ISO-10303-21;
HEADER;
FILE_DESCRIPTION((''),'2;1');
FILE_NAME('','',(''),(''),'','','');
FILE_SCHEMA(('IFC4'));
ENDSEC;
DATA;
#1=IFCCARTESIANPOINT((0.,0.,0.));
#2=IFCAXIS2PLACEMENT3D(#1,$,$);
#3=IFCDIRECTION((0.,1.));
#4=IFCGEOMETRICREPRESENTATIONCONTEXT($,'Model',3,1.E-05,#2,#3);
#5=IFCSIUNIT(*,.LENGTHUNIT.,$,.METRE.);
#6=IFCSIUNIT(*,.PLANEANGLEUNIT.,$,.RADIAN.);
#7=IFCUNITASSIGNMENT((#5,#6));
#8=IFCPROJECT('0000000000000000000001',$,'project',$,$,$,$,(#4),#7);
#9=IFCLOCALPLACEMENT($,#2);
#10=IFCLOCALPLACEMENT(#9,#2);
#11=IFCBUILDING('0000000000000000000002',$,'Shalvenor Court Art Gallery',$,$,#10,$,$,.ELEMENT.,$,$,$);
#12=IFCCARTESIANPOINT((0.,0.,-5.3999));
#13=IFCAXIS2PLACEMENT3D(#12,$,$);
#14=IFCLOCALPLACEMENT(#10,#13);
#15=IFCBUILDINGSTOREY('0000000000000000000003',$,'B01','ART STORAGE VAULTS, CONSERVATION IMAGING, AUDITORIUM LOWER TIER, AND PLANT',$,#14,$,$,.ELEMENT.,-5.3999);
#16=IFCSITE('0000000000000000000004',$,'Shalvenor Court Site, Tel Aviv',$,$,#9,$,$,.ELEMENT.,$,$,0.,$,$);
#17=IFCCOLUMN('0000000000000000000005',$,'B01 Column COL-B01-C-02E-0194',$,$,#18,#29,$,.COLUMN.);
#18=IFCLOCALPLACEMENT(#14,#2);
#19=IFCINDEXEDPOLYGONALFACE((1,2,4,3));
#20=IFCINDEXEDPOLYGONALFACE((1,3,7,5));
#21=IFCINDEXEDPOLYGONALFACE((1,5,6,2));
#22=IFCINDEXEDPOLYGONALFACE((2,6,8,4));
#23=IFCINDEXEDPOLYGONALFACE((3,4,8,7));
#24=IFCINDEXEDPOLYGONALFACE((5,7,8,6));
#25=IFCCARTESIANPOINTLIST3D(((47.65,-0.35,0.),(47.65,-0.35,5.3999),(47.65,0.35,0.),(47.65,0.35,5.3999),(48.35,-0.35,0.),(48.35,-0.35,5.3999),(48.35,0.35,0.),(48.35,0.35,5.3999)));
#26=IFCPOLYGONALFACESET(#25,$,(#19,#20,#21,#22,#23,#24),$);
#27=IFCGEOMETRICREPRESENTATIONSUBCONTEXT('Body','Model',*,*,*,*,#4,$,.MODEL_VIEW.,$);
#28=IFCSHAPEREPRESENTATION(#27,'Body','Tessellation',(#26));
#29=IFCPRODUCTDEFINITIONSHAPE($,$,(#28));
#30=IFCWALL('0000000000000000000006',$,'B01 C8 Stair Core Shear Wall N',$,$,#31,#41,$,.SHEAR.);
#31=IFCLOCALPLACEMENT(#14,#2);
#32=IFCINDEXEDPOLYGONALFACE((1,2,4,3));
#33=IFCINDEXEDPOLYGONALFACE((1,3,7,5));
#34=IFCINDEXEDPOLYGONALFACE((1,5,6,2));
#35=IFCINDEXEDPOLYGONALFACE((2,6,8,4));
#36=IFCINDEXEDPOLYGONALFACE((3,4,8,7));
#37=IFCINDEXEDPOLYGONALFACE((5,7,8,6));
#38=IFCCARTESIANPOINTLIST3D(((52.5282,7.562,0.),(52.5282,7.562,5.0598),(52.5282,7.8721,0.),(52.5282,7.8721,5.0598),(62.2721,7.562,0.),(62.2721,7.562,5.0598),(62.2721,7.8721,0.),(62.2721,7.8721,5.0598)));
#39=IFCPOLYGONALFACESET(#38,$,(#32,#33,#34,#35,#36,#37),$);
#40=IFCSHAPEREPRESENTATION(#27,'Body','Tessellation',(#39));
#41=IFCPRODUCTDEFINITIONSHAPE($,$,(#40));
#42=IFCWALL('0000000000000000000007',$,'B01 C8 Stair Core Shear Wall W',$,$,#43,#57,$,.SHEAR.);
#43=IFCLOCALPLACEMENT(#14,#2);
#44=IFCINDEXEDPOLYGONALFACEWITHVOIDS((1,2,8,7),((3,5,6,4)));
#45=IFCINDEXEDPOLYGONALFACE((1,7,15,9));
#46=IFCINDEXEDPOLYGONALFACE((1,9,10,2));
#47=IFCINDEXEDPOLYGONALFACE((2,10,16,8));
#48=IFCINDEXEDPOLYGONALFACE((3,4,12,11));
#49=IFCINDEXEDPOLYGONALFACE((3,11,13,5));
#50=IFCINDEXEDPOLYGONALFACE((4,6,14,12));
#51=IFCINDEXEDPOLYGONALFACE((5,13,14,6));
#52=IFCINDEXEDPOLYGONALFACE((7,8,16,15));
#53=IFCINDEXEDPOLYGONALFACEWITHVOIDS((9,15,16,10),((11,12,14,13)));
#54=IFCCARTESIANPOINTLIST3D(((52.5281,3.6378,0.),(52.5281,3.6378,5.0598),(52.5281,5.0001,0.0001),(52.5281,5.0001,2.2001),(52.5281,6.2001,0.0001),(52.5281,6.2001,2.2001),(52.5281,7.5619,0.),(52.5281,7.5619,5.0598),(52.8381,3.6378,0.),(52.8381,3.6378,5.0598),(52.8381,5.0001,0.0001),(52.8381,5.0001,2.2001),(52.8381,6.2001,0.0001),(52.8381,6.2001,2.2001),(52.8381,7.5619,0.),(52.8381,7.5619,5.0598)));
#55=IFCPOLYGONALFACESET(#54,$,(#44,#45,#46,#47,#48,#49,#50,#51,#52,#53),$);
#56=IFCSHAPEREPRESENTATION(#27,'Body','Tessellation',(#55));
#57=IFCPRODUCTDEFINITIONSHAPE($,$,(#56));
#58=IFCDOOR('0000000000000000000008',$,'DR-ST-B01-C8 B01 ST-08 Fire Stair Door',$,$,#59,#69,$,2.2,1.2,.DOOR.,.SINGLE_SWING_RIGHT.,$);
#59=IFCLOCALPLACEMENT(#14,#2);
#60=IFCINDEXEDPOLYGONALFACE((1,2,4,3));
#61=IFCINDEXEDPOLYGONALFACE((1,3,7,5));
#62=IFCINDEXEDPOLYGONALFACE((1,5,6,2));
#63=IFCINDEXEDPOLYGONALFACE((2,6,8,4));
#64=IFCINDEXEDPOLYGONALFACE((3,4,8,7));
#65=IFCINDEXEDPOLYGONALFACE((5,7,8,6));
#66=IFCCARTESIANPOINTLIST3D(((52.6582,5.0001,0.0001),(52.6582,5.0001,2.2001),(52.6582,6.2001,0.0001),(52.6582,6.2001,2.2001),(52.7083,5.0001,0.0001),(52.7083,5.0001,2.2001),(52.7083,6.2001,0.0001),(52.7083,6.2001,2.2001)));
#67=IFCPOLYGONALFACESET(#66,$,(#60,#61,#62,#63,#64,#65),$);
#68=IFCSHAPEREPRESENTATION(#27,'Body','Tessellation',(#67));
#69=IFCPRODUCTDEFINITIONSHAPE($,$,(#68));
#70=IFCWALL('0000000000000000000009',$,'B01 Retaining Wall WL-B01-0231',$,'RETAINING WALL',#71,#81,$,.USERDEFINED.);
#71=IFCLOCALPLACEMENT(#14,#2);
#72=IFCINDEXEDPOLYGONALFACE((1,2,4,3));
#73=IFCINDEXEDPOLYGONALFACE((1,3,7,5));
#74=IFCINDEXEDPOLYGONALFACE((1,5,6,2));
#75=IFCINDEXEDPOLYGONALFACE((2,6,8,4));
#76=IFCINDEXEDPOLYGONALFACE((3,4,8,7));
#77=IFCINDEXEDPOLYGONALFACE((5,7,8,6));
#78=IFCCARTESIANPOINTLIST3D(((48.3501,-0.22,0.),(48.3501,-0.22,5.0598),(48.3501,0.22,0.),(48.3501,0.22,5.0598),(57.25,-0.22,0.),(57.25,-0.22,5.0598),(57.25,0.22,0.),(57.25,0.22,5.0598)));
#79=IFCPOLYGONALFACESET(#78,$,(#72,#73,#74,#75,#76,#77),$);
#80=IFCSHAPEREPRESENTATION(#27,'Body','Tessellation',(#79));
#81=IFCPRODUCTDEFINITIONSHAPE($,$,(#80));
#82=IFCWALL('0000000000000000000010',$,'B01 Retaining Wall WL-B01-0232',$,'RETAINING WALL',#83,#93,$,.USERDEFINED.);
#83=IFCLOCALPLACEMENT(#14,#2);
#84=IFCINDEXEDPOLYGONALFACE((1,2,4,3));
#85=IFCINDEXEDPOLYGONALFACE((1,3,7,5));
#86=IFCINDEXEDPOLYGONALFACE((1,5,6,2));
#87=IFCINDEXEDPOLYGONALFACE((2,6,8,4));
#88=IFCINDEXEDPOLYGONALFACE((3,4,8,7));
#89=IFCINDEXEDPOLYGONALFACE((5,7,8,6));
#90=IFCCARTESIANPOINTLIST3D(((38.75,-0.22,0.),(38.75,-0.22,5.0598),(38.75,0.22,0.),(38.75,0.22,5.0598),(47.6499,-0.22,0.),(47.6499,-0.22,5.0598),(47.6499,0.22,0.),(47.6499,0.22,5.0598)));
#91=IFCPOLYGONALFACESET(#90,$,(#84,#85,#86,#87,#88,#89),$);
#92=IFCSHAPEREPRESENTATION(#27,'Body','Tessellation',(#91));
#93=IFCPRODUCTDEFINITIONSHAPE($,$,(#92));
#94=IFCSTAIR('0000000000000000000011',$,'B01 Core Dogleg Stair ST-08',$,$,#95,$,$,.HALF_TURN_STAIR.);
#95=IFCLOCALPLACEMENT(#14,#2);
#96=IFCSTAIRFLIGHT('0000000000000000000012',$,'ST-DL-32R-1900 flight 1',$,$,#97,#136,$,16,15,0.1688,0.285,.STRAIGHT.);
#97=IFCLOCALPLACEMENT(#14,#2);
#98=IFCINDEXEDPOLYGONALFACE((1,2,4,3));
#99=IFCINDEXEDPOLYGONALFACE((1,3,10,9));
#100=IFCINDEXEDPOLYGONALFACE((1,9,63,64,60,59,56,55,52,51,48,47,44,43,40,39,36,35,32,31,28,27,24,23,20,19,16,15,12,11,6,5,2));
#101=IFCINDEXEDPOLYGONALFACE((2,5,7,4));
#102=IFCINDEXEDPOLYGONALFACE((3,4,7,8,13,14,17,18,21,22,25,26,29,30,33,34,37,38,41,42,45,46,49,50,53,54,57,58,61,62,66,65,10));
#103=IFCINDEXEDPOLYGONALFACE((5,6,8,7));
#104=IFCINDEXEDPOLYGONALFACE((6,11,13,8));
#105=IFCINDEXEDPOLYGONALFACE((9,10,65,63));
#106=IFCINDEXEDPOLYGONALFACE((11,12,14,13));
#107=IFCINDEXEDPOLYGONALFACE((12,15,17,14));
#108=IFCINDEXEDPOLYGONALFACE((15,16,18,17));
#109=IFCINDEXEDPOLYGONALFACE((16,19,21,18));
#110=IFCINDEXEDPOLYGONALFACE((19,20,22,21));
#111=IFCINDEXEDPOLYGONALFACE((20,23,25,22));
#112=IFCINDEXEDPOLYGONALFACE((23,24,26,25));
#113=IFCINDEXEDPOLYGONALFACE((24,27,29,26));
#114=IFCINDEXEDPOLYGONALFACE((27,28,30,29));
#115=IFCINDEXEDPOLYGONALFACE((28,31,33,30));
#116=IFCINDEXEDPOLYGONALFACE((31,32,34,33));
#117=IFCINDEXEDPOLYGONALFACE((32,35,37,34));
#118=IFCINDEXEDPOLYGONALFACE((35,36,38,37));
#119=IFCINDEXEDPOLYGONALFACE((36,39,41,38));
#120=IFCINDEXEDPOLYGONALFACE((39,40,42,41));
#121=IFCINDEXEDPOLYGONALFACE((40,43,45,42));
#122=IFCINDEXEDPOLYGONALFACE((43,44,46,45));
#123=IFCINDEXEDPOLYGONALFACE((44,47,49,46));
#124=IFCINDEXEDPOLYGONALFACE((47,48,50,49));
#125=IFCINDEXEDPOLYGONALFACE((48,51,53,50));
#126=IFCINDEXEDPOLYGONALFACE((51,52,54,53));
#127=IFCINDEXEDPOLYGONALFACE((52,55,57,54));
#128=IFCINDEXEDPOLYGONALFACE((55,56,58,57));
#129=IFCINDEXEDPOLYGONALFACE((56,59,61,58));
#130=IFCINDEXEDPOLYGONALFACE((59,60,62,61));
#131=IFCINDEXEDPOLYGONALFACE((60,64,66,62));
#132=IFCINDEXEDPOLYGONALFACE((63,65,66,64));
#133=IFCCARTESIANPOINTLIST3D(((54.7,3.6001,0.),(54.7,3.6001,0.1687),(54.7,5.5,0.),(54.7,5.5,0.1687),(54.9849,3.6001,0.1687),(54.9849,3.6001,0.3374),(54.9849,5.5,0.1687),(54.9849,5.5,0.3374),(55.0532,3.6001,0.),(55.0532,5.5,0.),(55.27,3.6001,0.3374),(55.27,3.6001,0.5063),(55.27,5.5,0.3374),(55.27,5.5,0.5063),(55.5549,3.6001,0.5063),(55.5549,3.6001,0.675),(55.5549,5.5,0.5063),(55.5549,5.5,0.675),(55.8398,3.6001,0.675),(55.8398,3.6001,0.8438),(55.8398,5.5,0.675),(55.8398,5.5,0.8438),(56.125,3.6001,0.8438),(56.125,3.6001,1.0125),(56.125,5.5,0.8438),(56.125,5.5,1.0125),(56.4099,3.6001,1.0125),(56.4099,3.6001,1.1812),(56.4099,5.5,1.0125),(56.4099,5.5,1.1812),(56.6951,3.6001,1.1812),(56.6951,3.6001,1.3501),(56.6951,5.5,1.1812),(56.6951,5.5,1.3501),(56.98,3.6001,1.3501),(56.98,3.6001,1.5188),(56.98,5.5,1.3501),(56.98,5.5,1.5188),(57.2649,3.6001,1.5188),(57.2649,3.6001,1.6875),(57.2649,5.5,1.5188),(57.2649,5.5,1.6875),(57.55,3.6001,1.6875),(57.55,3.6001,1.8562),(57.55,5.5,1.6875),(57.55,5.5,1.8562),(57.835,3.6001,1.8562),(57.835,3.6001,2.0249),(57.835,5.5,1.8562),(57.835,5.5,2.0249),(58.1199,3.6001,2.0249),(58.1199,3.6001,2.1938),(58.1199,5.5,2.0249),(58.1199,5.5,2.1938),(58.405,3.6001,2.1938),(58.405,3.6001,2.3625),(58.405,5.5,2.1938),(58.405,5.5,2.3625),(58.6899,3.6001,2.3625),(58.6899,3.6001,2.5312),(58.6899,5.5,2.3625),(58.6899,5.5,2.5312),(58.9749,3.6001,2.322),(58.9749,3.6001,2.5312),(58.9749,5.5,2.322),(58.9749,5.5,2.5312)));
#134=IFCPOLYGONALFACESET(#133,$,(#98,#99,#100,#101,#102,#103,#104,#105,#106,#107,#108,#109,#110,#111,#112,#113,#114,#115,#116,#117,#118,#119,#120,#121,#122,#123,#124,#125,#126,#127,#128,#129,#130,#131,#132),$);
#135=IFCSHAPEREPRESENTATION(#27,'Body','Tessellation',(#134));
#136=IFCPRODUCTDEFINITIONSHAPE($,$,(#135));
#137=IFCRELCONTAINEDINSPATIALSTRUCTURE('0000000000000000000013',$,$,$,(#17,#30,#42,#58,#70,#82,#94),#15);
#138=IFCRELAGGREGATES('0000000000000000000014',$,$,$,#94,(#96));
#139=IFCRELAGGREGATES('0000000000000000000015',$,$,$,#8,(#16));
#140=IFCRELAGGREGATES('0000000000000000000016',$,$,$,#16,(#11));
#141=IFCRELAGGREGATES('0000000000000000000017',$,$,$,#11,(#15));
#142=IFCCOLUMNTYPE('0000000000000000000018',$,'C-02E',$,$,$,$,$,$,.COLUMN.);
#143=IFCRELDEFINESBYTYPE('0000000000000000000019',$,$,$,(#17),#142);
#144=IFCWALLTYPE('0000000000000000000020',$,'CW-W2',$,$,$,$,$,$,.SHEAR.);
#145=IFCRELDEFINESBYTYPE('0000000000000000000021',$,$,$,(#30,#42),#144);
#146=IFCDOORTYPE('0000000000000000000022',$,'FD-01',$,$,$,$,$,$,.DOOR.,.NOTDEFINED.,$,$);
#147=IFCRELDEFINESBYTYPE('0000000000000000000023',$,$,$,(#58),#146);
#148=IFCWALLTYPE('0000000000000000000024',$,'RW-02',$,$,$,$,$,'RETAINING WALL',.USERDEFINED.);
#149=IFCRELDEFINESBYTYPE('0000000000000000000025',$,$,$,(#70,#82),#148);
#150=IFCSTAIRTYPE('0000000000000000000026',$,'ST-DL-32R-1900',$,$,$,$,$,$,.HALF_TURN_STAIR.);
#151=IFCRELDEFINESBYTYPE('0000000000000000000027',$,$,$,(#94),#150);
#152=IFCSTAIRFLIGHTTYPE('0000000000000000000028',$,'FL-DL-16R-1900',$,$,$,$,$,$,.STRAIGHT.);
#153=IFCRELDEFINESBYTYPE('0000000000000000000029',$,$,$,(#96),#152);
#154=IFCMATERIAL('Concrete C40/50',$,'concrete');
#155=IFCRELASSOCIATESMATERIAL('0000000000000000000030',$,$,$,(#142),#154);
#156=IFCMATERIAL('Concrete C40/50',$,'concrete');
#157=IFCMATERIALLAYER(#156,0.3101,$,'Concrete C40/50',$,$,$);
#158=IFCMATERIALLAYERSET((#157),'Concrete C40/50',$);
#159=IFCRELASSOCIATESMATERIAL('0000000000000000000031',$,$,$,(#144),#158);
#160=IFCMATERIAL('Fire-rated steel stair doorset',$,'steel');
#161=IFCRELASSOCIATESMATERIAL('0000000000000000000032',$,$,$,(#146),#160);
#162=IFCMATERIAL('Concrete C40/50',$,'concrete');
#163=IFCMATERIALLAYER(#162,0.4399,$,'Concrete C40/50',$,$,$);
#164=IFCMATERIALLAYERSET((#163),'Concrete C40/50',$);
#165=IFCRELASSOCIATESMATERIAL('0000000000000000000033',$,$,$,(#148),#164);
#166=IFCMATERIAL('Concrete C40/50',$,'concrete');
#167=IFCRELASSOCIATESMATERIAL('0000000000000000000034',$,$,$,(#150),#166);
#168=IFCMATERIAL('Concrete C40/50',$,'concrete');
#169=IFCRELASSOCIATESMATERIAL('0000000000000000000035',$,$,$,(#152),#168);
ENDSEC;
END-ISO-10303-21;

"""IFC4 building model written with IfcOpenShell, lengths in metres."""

from ifc_helpers import new_model, si_unit, direction, frame, frame_2d, origin, origin_2d, place, context, subcontext, project, spatial, polyline, rectangle, outline, extrude, material, layer, layer_set, material_profile, profile_set, type_object, element, fill, aggregate, save


model = new_model("IFC4")

# Units and contexts
model_context = context("Model", 3, precision=1e-05, world=origin(), true_north=direction((0.0, 1.0)))
body_context = subcontext(model_context, "Body", "Model", "MODEL_VIEW")
ifc_project = project(units=[si_unit("LENGTHUNIT", "METRE"), si_unit("PLANEANGLEUNIT", "RADIAN")], contexts=[model_context])

# Site, building, storey
site_placement = place(None, origin())
site = spatial("IfcSite", under=ifc_project, at=site_placement, Name="Shalvenor Court Site, Tel Aviv", CompositionType="ELEMENT", RefElevation=0.0)
building_placement = place(site_placement, origin())
building = spatial("IfcBuilding", under=site, at=building_placement, Name="Shalvenor Court Art Gallery", CompositionType="ELEMENT")
storey_placement = place(building_placement, frame((0.0, 0.0, -5.3999)))
storey = spatial("IfcBuildingStorey", under=building, at=storey_placement, Name="B01", Description="ART STORAGE VAULTS, CONSERVATION IMAGING, AUDITORIUM LOWER TIER, AND PLANT", CompositionType="ELEMENT", Elevation=-5.3999)

# Column
ifc_material_1 = material(Name="Concrete C40/50", Category="concrete")
ifc_material_profile_1 = material_profile(ifc_material_1, rectangle(XDim=0.7, YDim=0.7, at=origin_2d()), Name="RC 700x700")
ifc_profile_set_1 = profile_set([ifc_material_profile_1], Name="Concrete C40/50")
column_type = type_object("IfcColumnType", Name="C-02E", PredefinedType="COLUMN", material=ifc_profile_set_1)
column_placement = place(storey_placement, frame((48.0, 0.0, 0.0), z_axis=(0.0, 0.0, 1.0), x_axis=(1.0, 0.0, 0.0)))
element("IfcColumn", 1, at=column_placement, inside=storey, type_object=column_type, Name="B01 Column COL-B01-C-02E-0194", PredefinedType="COLUMN", context=body_context, shape_type="SweptSolid", body=[
    extrude(rectangle(XDim=0.7, YDim=0.7, at=origin_2d()), origin(), (0.0, 0.0, 1.0), 5.3999),
])

# Wall
ifc_material_2 = material(Name="Concrete C40/50", Category="concrete")
ifc_layer_1 = layer(ifc_material_2, 0.3101, Name="Concrete C40/50")
ifc_layer_set_1 = layer_set([ifc_layer_1], Name="Concrete C40/50")
wall_type_1 = type_object("IfcWallType", Name="CW-W2", PredefinedType="SHEAR", material=ifc_layer_set_1)
wall_1_placement = place(storey_placement, frame((52.5281, 7.717, 0.0), z_axis=(0.0, 0.0, 1.0), x_axis=(1.0, 0.0, 0.0)))
element("IfcWall", 2, at=wall_1_placement, inside=storey, type_object=wall_type_1, Name="B01 C8 Stair Core Shear Wall N", PredefinedType="SHEAR", context=body_context, shape_type="SweptSolid", body=[
    extrude(rectangle(XDim=9.7439, YDim=0.3101, at=frame_2d((4.8721, 0.0))), origin(), (0.0, 0.0, 1.0), 5.0598),
])

# Wall, opening, door
wall_2_placement = place(storey_placement, frame((52.6831, 3.6379, 0.0), z_axis=(0.0, 0.0, 1.0), x_axis=(0.0, 1.0, 0.0)))
wall_2 = element("IfcWall", 3, at=wall_2_placement, inside=storey, type_object=wall_type_1, Name="B01 C8 Stair Core Shear Wall W", PredefinedType="SHEAR", context=body_context, shape_type="SweptSolid", body=[
    extrude(rectangle(XDim=3.9241, YDim=0.3101, at=frame_2d((1.9619, 0.0))), origin(), (0.0, 0.0, 1.0), 5.0598),
])
opening_placement = place(wall_2_placement, frame((1.3621, 0.0, 0.0)))
opening = element("IfcOpeningElement", 4, at=opening_placement, cuts=wall_2, PredefinedType="OPENING", context=body_context, shape_type="SweptSolid", body=[
    extrude(rectangle(XDim=1.2, YDim=2.2, at=frame_2d((0.6001, 1.1001))), frame((0.0, 0.165, 0.0), z_axis=(0.0, -1.0, 0.0), x_axis=(1.0, 0.0, 0.0)), (0.0, 0.0, 1.0), 0.3301),
])
ifc_material_3 = material(Name="Fire-rated steel stair doorset", Category="steel")
door_type = type_object("IfcDoorType", Name="FD-01", OperationType="NOTDEFINED", PredefinedType="DOOR", material=ifc_material_3)
door_placement = place(opening_placement, origin())
door = element("IfcDoor", 5, at=door_placement, inside=storey, type_object=door_type, Name="DR-ST-B01-C8 B01 ST-08 Fire Stair Door", OperationType="SINGLE_SWING_RIGHT", OverallHeight=2.2, OverallWidth=1.2, PredefinedType="DOOR", context=body_context, shape_type="SweptSolid", body=[
    extrude(rectangle(XDim=1.2, YDim=2.2, at=frame_2d((0.6001, 1.1001))), frame((0.0, 0.0249, 0.0), z_axis=(0.0, -1.0, 0.0), x_axis=(1.0, 0.0, 0.0)), (0.0, 0.0, 1.0), 0.05),
])
fill(opening, door)

# Walls
ifc_material_4 = material(Name="Concrete C40/50", Category="concrete")
ifc_layer_2 = layer(ifc_material_4, 0.4399, Name="Concrete C40/50")
ifc_layer_set_2 = layer_set([ifc_layer_2], Name="Concrete C40/50")
wall_type_2 = type_object("IfcWallType", Name="RW-02", ElementType="RETAINING WALL", PredefinedType="USERDEFINED", material=ifc_layer_set_2)
for number, where, z_axis, x_axis, name in (
    (6, (57.25, 0.0, 0.0), (0.0, 0.0, 1.0), (-1.0, 0.0, 0.0), "B01 Retaining Wall WL-B01-0231"),
    (7, (47.6499, 0.0, 0.0), (0.0, 0.0, 1.0), (-1.0, 0.0, 0.0), "B01 Retaining Wall WL-B01-0232"),
):
    element("IfcWall", number, at=place(storey_placement, frame(where, z_axis=z_axis, x_axis=x_axis)), inside=storey, type_object=wall_type_2, Name=name, ObjectType="RETAINING WALL", PredefinedType="USERDEFINED", context=body_context, shape_type="SweptSolid", body=[
        extrude(rectangle(XDim=8.8999, YDim=0.4399, at=frame_2d((4.45, 0.0))), origin(), (0.0, 0.0, 1.0), 5.0598),
    ])

# Stair, stair flight
ifc_material_5 = material(Name="Concrete C40/50", Category="concrete")
stair_type = type_object("IfcStairType", Name="ST-DL-32R-1900", PredefinedType="HALF_TURN_STAIR", material=ifc_material_5)
stair_placement = place(storey_placement, origin())
stair = element("IfcStair", 8, at=stair_placement, inside=storey, type_object=stair_type, Name="B01 Core Dogleg Stair ST-08", PredefinedType="HALF_TURN_STAIR")
ifc_material_6 = material(Name="Concrete C40/50", Category="concrete")
stair_flight_type = type_object("IfcStairFlightType", Name="FL-DL-16R-1900", PredefinedType="STRAIGHT", material=ifc_material_6)
stair_flight_placement = place(storey_placement, frame((54.7, 4.55, 0.0), z_axis=(0.0, 0.0, 1.0), x_axis=(1.0, 0.0, 0.0)))
stair_flight = element("IfcStairFlight", 9, at=stair_flight_placement, type_object=stair_flight_type, Name="ST-DL-32R-1900 flight 1", NumberOfRisers=16, NumberOfTreads=15, PredefinedType="STRAIGHT", RiserHeight=0.1688, TreadLength=0.285, context=body_context, shape_type="SweptSolid", body=[
    extrude(outline(polyline([(0.0, 0.0), (0.0, 0.1687), (0.2849, 0.1687), (0.2849, 0.3374), (0.5701, 0.3374), (0.5701, 0.5063), (0.855, 0.5063), (0.855, 0.675), (1.1399, 0.675), (1.1399, 0.8438), (1.425, 0.8438), (1.425, 1.0125), (1.71, 1.0125), (1.71, 1.1812), (1.9951, 1.1812), (1.9951, 1.3501), (2.28, 1.3501), (2.28, 1.5188), (2.5649, 1.5188), (2.5649, 1.6875), (2.8501, 1.6875), (2.8501, 1.8562), (3.135, 1.8562), (3.135, 2.0249), (3.4199, 2.0249), (3.4199, 2.1938), (3.7051, 2.1938), (3.7051, 2.3625), (3.99, 2.3625), (3.99, 2.5312), (4.2749, 2.5312), (4.2749, 2.7), (4.2749, 2.322), (0.3533, 0.0), (0.0, 0.0)])), frame((0.0, 0.95, 0.0), z_axis=(0.0, -1.0, 0.0), x_axis=(1.0, 0.0, 0.0)), (0.0, 0.0, 1.0), 1.8999),
])
aggregate(stair, [stair_flight])

save(model, "model.ifc")
